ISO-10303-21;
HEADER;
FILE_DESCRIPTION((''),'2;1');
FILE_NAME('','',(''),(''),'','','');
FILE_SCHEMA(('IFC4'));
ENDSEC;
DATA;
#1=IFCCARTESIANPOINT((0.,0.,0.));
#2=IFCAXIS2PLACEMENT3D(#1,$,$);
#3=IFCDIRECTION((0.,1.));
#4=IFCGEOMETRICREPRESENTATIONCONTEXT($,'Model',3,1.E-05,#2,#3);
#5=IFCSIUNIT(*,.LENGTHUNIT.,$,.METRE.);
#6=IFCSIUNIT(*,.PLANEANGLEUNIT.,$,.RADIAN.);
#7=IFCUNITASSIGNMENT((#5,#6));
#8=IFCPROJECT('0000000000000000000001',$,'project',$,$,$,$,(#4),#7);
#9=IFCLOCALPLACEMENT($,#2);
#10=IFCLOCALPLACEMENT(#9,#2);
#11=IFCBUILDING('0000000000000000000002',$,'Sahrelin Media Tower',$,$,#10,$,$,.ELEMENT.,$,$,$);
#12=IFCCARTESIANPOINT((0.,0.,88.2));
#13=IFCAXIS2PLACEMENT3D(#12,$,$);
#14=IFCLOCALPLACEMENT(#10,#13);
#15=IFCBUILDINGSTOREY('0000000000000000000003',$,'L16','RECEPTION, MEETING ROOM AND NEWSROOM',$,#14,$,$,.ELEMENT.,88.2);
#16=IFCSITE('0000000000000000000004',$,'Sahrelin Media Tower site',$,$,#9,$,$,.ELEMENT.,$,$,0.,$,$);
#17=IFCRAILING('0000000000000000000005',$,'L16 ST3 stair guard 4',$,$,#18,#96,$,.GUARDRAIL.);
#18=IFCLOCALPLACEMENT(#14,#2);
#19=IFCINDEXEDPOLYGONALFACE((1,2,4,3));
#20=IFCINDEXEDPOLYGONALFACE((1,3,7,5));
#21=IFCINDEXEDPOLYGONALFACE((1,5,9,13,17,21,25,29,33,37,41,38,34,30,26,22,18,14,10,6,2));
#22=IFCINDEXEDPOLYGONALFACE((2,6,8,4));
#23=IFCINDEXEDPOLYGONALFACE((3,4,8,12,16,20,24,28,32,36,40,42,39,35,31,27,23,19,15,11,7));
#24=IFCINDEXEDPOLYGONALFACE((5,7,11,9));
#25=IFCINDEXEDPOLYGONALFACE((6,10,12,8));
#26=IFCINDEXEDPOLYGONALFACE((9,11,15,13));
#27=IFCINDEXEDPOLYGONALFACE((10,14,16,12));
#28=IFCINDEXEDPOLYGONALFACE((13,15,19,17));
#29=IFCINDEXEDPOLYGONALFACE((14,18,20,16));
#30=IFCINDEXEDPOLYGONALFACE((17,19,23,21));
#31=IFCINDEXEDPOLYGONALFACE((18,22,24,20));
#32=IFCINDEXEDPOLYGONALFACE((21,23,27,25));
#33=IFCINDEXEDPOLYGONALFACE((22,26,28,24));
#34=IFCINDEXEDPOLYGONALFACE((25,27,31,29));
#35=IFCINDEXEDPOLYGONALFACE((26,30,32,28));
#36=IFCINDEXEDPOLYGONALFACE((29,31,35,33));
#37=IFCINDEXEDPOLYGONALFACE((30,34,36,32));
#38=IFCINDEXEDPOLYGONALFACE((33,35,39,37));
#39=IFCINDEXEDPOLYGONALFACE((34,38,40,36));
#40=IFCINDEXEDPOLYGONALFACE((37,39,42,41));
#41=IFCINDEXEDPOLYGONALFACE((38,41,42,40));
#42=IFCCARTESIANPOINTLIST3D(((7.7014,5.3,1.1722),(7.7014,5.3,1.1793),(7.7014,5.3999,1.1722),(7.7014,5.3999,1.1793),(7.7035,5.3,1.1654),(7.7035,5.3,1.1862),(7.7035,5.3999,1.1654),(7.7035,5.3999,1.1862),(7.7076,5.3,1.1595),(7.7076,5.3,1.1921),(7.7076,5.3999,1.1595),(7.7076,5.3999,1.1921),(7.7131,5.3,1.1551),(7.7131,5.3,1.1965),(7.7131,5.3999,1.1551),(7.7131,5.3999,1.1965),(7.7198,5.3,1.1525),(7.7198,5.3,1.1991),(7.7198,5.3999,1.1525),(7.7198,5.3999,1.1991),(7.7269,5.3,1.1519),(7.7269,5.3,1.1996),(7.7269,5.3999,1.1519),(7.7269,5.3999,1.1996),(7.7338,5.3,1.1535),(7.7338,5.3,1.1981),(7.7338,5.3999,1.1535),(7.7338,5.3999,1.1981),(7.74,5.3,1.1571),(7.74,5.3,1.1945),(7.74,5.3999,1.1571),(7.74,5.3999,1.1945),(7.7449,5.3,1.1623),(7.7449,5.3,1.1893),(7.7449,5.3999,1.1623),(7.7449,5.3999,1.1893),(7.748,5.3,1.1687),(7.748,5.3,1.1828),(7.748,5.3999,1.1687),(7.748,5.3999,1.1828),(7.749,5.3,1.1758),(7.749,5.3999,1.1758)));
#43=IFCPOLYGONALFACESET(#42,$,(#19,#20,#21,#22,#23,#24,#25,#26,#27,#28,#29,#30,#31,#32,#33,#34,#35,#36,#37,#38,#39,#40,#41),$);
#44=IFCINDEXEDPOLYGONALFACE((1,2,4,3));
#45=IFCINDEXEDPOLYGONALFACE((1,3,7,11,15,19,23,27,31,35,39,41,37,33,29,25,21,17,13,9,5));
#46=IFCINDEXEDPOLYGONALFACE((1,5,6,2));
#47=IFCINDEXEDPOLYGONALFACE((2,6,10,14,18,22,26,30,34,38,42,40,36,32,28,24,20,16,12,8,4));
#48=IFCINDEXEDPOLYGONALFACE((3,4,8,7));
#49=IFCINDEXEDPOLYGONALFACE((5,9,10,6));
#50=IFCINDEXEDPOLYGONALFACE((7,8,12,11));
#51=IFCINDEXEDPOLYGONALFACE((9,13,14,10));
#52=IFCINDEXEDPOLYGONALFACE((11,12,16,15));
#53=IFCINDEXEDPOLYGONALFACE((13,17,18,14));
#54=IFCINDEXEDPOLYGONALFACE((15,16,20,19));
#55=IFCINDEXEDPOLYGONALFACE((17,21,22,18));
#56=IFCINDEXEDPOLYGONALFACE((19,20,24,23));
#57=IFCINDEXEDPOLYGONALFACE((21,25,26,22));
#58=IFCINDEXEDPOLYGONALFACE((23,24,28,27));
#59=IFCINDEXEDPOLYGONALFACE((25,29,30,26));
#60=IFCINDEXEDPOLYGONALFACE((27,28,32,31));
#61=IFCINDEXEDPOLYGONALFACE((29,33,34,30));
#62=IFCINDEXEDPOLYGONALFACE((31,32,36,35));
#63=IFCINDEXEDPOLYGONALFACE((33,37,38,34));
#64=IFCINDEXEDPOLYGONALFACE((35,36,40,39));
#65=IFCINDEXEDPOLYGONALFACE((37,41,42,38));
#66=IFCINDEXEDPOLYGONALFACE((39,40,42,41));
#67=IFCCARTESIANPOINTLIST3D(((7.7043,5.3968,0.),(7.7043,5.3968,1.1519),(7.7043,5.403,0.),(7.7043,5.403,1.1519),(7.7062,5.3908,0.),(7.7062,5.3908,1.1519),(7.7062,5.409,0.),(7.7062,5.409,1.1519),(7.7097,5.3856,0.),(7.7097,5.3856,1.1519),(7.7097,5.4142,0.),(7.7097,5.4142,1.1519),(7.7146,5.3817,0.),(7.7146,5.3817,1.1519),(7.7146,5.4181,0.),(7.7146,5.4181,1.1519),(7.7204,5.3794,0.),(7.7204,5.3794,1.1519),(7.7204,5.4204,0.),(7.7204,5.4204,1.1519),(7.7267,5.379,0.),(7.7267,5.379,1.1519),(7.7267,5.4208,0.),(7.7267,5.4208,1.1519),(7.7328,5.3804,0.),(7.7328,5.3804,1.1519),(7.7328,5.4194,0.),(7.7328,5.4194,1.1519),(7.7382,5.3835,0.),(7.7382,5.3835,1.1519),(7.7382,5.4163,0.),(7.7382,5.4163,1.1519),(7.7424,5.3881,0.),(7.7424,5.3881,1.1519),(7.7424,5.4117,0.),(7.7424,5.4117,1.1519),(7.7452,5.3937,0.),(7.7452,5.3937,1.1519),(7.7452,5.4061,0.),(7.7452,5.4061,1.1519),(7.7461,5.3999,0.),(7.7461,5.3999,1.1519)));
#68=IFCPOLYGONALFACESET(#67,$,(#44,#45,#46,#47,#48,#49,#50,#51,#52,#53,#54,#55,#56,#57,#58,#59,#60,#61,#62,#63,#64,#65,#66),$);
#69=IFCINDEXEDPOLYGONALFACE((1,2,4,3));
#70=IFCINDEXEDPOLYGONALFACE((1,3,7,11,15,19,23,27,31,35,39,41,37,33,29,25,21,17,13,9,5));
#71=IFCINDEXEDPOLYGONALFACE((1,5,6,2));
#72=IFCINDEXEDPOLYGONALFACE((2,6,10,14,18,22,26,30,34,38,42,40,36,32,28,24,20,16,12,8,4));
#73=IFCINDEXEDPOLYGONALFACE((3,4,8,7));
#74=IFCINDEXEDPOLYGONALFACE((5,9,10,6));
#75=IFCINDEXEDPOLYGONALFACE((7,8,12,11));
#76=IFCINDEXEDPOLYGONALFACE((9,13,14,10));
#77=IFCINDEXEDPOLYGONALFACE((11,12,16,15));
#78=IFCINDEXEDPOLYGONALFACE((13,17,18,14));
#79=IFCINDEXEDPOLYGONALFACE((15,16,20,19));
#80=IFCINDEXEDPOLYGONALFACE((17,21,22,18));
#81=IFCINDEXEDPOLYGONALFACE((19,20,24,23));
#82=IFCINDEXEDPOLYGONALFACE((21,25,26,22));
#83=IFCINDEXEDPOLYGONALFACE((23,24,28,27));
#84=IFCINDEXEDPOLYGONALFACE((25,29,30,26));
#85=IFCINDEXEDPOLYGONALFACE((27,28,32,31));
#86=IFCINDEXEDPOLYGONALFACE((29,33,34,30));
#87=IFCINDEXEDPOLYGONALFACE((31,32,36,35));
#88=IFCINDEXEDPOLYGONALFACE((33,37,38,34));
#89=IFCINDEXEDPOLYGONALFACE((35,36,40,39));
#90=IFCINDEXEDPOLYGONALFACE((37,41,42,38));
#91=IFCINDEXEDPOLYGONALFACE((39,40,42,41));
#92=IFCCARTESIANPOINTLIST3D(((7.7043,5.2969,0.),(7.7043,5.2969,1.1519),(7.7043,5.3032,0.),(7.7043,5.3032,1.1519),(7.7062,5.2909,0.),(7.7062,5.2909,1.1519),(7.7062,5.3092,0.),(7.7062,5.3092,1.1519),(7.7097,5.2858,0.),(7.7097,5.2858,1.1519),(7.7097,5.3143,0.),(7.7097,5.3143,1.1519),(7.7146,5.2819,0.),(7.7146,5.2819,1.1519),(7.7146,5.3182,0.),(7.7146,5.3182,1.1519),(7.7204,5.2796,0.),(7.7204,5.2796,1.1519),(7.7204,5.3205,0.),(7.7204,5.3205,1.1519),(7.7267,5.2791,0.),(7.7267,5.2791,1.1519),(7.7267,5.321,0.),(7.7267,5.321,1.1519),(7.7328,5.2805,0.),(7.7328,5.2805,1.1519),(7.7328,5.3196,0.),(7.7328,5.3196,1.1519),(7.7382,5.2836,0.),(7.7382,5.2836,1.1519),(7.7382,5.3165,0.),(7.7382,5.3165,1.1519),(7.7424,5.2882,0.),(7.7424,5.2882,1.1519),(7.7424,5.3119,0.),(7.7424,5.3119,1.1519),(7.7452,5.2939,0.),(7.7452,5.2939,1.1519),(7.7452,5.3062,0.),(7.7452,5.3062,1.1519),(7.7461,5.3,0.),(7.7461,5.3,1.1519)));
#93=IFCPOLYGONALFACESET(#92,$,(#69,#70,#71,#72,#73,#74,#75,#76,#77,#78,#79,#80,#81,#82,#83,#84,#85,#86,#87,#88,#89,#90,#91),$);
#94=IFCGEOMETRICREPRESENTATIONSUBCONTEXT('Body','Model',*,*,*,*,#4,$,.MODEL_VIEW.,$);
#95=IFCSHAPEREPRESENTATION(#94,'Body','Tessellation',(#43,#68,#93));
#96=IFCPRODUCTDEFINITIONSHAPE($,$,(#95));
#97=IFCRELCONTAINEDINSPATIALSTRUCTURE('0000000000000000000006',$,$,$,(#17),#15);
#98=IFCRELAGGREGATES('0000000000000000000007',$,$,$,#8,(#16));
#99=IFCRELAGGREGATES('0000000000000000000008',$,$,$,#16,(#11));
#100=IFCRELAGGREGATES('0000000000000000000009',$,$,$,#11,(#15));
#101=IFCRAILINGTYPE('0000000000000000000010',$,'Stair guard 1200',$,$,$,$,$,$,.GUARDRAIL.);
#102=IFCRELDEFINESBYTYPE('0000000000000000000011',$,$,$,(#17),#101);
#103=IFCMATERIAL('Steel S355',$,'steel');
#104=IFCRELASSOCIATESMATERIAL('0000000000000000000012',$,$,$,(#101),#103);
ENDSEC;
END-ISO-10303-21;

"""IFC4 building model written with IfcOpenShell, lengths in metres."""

from ifc_helpers import new_model, si_unit, direction, frame, origin, origin_2d, place, context, subcontext, project, spatial, circle, extrude, material, type_object, element, save


model = new_model("IFC4")

# Units and contexts
model_context = context("Model", 3, precision=1e-05, world=origin(), true_north=direction((0.0, 1.0)))
body_context = subcontext(model_context, "Body", "Model", "MODEL_VIEW")
ifc_project = project(units=[si_unit("LENGTHUNIT", "METRE"), si_unit("PLANEANGLEUNIT", "RADIAN")], contexts=[model_context])

# Site, building, storey
site_placement = place(None, origin())
site = spatial("IfcSite", under=ifc_project, at=site_placement, Name="Sahrelin Media Tower site", CompositionType="ELEMENT", RefElevation=0.0)
building_placement = place(site_placement, origin())
building = spatial("IfcBuilding", under=site, at=building_placement, Name="Sahrelin Media Tower", CompositionType="ELEMENT")
storey_placement = place(building_placement, frame((0.0, 0.0, 88.2)))
storey = spatial("IfcBuildingStorey", under=building, at=storey_placement, Name="L16", Description="RECEPTION, MEETING ROOM AND NEWSROOM", CompositionType="ELEMENT", Elevation=88.2)

# Shared definitions
ifc_material_1 = material(Name="Steel S355", Category="steel")

# Railing
railing_type_1 = type_object("IfcRailingType", Name="Stair guard 1200", PredefinedType="GUARDRAIL", material=ifc_material_1)
railing_1_placement = place(storey_placement, frame((7.7251, 5.3999, 0.0)))
element("IfcRailing", 1, at=railing_1_placement, inside=storey, type_object=railing_type_1, Name="L16 ST3 stair guard 4", PredefinedType="GUARDRAIL", context=body_context, shape_type="SweptSolid", body=[
    extrude(circle(Radius=0.0239, at=origin_2d()), frame((0.0, 0.0, 1.1758), z_axis=(0.0, -1.0, 0.0), x_axis=(1.0, 0.0, 0.0)), (0.0, 0.0, 1.0), 0.0999),
    extrude(circle(Radius=0.021, at=origin_2d()), origin(), (0.0, 0.0, 1.0), 1.1519),
    extrude(circle(Radius=0.021, at=origin_2d()), frame((0.0, -0.0999, 0.0)), (0.0, 0.0, 1.0), 1.1519),
])

save(model, "model.ifc")
